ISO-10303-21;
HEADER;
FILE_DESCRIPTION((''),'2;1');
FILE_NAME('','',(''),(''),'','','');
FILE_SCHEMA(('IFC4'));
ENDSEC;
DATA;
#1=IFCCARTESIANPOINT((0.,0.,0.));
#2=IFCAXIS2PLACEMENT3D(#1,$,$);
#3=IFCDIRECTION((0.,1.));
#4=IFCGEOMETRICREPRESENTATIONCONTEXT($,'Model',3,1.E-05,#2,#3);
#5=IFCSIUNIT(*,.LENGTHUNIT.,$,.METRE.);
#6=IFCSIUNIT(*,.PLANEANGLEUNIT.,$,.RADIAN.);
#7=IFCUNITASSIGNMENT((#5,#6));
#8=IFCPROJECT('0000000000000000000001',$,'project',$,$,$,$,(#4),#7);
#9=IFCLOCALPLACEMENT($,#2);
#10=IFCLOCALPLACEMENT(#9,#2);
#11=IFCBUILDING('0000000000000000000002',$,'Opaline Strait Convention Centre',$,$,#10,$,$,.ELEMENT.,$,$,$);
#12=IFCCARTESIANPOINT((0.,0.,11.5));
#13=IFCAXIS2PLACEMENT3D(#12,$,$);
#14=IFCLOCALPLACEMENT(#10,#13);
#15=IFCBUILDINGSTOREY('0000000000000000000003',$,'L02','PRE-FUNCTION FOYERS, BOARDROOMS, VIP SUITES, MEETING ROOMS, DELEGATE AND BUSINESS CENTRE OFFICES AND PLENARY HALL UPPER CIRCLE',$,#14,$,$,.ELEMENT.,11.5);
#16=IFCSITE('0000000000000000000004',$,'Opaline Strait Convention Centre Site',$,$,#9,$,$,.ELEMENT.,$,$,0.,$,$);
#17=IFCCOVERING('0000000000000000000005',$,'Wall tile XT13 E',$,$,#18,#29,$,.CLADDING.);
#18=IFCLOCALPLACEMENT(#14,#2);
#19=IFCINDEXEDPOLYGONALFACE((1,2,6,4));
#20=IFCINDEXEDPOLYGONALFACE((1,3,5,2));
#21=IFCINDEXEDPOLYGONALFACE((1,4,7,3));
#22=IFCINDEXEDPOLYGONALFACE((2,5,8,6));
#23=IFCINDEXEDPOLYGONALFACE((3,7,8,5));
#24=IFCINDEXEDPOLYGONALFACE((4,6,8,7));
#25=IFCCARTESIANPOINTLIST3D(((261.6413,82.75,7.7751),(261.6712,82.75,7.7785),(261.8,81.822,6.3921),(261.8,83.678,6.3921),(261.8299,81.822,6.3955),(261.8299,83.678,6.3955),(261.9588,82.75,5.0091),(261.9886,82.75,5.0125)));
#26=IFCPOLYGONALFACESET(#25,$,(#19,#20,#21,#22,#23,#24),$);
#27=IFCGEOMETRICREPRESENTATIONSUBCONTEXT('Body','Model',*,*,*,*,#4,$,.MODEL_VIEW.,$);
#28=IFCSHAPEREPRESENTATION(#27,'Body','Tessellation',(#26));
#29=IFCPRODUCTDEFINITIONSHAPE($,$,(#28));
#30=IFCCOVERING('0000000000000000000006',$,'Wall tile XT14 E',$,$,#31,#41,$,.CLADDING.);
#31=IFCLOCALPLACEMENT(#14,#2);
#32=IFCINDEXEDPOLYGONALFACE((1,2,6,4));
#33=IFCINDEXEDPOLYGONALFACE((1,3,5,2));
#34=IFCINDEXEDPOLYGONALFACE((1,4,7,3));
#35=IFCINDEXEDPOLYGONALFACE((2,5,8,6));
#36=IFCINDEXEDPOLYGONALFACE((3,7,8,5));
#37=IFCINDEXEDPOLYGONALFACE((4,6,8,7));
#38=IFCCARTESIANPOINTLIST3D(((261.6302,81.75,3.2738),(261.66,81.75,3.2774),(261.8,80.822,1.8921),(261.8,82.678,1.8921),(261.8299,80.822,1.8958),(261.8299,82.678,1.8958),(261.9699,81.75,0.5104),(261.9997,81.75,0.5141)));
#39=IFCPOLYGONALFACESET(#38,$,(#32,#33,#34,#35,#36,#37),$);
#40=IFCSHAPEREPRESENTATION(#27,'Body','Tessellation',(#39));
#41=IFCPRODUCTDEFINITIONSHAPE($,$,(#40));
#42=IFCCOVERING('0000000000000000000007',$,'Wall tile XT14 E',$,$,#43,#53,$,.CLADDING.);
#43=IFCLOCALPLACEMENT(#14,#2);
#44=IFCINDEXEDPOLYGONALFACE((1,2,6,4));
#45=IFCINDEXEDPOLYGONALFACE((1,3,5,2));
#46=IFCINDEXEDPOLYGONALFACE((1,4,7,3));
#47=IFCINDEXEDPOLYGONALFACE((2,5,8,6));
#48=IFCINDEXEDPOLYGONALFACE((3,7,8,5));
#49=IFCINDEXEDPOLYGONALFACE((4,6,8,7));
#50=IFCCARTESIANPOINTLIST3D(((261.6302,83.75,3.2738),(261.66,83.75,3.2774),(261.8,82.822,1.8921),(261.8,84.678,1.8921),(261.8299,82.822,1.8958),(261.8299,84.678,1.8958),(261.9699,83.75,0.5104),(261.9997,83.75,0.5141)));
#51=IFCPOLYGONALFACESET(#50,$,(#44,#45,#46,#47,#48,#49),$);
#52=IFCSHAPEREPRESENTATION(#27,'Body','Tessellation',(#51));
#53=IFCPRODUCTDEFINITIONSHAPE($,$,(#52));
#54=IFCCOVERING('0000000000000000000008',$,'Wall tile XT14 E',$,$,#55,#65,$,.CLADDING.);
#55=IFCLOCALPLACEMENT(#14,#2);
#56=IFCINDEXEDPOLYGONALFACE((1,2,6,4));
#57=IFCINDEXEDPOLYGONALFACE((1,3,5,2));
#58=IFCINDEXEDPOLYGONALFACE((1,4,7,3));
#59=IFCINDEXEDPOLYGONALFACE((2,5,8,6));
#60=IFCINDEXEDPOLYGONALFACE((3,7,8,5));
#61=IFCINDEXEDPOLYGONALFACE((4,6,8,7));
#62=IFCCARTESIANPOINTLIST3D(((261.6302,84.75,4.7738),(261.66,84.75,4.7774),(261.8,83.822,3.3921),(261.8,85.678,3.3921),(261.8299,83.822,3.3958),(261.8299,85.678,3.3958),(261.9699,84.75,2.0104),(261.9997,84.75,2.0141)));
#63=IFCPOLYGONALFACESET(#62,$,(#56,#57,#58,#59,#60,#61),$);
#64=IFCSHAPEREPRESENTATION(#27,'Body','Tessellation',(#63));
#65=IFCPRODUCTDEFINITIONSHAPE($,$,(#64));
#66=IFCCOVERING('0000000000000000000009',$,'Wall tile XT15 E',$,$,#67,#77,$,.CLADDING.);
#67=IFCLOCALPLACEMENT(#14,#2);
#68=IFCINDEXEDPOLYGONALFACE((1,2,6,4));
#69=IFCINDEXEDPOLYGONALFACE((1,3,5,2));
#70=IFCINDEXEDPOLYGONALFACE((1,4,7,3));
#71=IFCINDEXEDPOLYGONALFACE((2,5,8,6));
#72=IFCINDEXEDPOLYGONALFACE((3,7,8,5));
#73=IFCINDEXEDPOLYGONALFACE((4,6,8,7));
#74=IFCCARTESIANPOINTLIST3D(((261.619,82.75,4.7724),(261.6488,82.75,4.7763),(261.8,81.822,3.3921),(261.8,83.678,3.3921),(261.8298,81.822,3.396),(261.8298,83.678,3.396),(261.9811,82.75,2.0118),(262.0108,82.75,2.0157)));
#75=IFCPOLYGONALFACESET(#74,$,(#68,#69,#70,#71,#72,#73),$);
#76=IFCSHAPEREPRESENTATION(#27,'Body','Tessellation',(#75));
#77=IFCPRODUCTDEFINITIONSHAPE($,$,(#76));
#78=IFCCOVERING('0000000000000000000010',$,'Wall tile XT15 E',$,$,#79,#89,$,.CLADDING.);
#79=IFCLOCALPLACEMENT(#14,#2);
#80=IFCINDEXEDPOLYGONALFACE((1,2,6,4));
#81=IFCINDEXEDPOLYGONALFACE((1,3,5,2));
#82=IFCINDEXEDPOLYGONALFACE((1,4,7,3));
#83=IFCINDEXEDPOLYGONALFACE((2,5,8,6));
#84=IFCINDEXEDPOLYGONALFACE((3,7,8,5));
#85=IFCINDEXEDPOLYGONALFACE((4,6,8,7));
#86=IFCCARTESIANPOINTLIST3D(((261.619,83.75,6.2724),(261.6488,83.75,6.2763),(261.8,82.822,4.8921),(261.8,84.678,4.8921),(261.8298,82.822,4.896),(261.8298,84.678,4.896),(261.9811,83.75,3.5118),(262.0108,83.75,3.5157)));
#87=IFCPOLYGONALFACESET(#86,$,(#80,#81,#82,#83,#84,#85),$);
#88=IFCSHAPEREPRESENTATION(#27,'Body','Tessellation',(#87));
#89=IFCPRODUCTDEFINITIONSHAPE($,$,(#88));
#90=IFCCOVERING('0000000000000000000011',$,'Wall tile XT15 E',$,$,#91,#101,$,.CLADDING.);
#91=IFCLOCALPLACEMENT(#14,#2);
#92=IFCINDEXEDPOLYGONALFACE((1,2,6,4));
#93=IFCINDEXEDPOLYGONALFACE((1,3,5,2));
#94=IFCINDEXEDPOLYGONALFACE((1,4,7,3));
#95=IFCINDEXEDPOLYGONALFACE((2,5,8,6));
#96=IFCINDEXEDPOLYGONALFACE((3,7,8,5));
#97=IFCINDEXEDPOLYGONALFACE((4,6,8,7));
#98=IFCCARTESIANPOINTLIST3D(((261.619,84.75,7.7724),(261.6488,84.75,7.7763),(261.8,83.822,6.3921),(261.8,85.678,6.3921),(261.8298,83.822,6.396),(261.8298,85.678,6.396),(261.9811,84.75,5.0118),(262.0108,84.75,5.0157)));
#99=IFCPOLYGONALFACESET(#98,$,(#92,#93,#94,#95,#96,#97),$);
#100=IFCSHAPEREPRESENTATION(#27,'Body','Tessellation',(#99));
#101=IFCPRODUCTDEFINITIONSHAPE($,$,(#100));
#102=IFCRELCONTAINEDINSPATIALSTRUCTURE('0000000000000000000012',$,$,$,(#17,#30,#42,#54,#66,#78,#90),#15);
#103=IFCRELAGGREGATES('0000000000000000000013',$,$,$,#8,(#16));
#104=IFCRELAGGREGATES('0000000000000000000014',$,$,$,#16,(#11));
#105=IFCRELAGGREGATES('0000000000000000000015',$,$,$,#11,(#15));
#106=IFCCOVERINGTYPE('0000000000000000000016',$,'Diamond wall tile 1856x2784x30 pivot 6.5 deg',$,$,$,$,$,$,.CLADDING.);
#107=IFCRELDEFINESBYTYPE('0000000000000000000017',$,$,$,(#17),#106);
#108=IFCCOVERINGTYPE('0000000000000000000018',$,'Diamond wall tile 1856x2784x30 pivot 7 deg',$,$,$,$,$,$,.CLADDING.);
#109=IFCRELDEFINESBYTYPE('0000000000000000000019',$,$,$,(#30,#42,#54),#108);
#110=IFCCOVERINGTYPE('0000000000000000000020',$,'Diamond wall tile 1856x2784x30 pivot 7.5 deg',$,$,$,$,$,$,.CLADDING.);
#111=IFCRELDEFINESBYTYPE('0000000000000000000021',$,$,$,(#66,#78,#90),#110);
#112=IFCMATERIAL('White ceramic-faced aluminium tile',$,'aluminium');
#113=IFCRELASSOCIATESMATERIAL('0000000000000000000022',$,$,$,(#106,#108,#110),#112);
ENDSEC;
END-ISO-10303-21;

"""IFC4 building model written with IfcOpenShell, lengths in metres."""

from ifc_helpers import new_model, si_unit, direction, frame, origin, place, context, subcontext, project, spatial, polyline, outline, extrude, material, material_profile, profile_set, type_object, element, save


model = new_model("IFC4")

# Units and contexts
model_context = context("Model", 3, precision=1e-05, world=origin(), true_north=direction((0.0, 1.0)))
body_context = subcontext(model_context, "Body", "Model", "MODEL_VIEW")
ifc_project = project(units=[si_unit("LENGTHUNIT", "METRE"), si_unit("PLANEANGLEUNIT", "RADIAN")], contexts=[model_context])

# Site, building, storey
site_placement = place(None, origin())
site = spatial("IfcSite", under=ifc_project, at=site_placement, Name="Opaline Strait Convention Centre Site", CompositionType="ELEMENT", RefElevation=0.0)
building_placement = place(site_placement, origin())
building = spatial("IfcBuilding", under=site, at=building_placement, Name="Opaline Strait Convention Centre", CompositionType="ELEMENT")
storey_placement = place(building_placement, frame((0.0, 0.0, 11.5)))
storey = spatial("IfcBuildingStorey", under=building, at=storey_placement, Name="L02", Description="PRE-FUNCTION FOYERS, BOARDROOMS, VIP SUITES, MEETING ROOMS, DELEGATE AND BUSINESS CENTRE OFFICES AND PLENARY HALL UPPER CIRCLE", CompositionType="ELEMENT", Elevation=11.5)

# Coverings
ifc_material = material(Name="White ceramic-faced aluminium tile", Category="aluminium")
ifc_material_profile_1 = material_profile(ifc_material, outline(polyline([(0.928, 0.0), (0.0, 1.3921), (-0.928, 0.0), (0.0, -1.3921), (0.928, 0.0)])), Name="Diamond tile 1856x2784")
ifc_profile_set_1 = profile_set([ifc_material_profile_1], Name="White ceramic-faced aluminium tile")
covering_type_1 = type_object("IfcCoveringType", Name="Diamond wall tile 1856x2784x30 pivot 6.5 deg", PredefinedType="CLADDING", material=ifc_profile_set_1)
for number, where, z_axis, x_axis, name in (
    (1, (261.8, 82.75, 6.3921), (0.99348, 0.0, 0.114006), (0.0, 1.0, 0.0), "Wall tile XT13 E"),
):
    element("IfcCovering", number, at=place(storey_placement, frame(where, z_axis=z_axis, x_axis=x_axis)), inside=storey, type_object=covering_type_1, Name=name, PredefinedType="CLADDING", context=body_context, shape_type="SweptSolid", body=[
        extrude(outline(polyline([(0.928, 0.0), (0.0, 1.3921), (-0.928, 0.0), (0.0, -1.3921), (0.928, 0.0)])), origin(), (0.0, 0.0, 1.0), 0.03),
    ])
ifc_material_profile_2 = material_profile(ifc_material, outline(polyline([(0.928, 0.0), (0.0, 1.3921), (-0.928, 0.0), (0.0, -1.3921), (0.928, 0.0)])), Name="Diamond tile 1856x2784")
ifc_profile_set_2 = profile_set([ifc_material_profile_2], Name="White ceramic-faced aluminium tile")
covering_type_2 = type_object("IfcCoveringType", Name="Diamond wall tile 1856x2784x30 pivot 7 deg", PredefinedType="CLADDING", material=ifc_profile_set_2)
for number, where, z_axis, x_axis, name in (
    (2, (261.8, 81.75, 1.8921), (0.992526, 0.0, 0.122032), (0.0, 1.0, 0.0), "Wall tile XT14 E"),
    (3, (261.8, 83.75, 1.8921), (0.992526, 0.0, 0.122032), (0.0, 1.0, 0.0), "Wall tile XT14 E"),
    (4, (261.8, 84.75, 3.3921), (0.992526, 0.0, 0.122032), (0.0, 1.0, 0.0), "Wall tile XT14 E"),
):
    element("IfcCovering", number, at=place(storey_placement, frame(where, z_axis=z_axis, x_axis=x_axis)), inside=storey, type_object=covering_type_2, Name=name, PredefinedType="CLADDING", context=body_context, shape_type="SweptSolid", body=[
        extrude(outline(polyline([(0.928, 0.0), (0.0, 1.3921), (-0.928, 0.0), (0.0, -1.3921), (0.928, 0.0)])), origin(), (0.0, 0.0, 1.0), 0.03),
    ])
ifc_material_profile_3 = material_profile(ifc_material, outline(polyline([(0.928, 0.0), (0.0, 1.3921), (-0.928, 0.0), (0.0, -1.3921), (0.928, 0.0)])), Name="Diamond tile 1856x2784")
ifc_profile_set_3 = profile_set([ifc_material_profile_3], Name="White ceramic-faced aluminium tile")
covering_type_3 = type_object("IfcCoveringType", Name="Diamond wall tile 1856x2784x30 pivot 7.5 deg", PredefinedType="CLADDING", material=ifc_profile_set_3)
for number, where, z_axis, x_axis, name in (
    (5, (261.8, 82.75, 3.3921), (0.99151, 0.0, 0.130034), (0.0, 1.0, 0.0), "Wall tile XT15 E"),
    (6, (261.8, 83.75, 4.8921), (0.99151, 0.0, 0.130034), (0.0, 1.0, 0.0), "Wall tile XT15 E"),
    (7, (261.8, 84.75, 6.3921), (0.99151, 0.0, 0.130034), (0.0, 1.0, 0.0), "Wall tile XT15 E"),
):
    element("IfcCovering", number, at=place(storey_placement, frame(where, z_axis=z_axis, x_axis=x_axis)), inside=storey, type_object=covering_type_3, Name=name, PredefinedType="CLADDING", context=body_context, shape_type="SweptSolid", body=[
        extrude(outline(polyline([(0.928, 0.0), (0.0, 1.3921), (-0.928, 0.0), (0.0, -1.3921), (0.928, 0.0)])), origin(), (0.0, 0.0, 1.0), 0.03),
    ])

save(model, "model.ifc")
